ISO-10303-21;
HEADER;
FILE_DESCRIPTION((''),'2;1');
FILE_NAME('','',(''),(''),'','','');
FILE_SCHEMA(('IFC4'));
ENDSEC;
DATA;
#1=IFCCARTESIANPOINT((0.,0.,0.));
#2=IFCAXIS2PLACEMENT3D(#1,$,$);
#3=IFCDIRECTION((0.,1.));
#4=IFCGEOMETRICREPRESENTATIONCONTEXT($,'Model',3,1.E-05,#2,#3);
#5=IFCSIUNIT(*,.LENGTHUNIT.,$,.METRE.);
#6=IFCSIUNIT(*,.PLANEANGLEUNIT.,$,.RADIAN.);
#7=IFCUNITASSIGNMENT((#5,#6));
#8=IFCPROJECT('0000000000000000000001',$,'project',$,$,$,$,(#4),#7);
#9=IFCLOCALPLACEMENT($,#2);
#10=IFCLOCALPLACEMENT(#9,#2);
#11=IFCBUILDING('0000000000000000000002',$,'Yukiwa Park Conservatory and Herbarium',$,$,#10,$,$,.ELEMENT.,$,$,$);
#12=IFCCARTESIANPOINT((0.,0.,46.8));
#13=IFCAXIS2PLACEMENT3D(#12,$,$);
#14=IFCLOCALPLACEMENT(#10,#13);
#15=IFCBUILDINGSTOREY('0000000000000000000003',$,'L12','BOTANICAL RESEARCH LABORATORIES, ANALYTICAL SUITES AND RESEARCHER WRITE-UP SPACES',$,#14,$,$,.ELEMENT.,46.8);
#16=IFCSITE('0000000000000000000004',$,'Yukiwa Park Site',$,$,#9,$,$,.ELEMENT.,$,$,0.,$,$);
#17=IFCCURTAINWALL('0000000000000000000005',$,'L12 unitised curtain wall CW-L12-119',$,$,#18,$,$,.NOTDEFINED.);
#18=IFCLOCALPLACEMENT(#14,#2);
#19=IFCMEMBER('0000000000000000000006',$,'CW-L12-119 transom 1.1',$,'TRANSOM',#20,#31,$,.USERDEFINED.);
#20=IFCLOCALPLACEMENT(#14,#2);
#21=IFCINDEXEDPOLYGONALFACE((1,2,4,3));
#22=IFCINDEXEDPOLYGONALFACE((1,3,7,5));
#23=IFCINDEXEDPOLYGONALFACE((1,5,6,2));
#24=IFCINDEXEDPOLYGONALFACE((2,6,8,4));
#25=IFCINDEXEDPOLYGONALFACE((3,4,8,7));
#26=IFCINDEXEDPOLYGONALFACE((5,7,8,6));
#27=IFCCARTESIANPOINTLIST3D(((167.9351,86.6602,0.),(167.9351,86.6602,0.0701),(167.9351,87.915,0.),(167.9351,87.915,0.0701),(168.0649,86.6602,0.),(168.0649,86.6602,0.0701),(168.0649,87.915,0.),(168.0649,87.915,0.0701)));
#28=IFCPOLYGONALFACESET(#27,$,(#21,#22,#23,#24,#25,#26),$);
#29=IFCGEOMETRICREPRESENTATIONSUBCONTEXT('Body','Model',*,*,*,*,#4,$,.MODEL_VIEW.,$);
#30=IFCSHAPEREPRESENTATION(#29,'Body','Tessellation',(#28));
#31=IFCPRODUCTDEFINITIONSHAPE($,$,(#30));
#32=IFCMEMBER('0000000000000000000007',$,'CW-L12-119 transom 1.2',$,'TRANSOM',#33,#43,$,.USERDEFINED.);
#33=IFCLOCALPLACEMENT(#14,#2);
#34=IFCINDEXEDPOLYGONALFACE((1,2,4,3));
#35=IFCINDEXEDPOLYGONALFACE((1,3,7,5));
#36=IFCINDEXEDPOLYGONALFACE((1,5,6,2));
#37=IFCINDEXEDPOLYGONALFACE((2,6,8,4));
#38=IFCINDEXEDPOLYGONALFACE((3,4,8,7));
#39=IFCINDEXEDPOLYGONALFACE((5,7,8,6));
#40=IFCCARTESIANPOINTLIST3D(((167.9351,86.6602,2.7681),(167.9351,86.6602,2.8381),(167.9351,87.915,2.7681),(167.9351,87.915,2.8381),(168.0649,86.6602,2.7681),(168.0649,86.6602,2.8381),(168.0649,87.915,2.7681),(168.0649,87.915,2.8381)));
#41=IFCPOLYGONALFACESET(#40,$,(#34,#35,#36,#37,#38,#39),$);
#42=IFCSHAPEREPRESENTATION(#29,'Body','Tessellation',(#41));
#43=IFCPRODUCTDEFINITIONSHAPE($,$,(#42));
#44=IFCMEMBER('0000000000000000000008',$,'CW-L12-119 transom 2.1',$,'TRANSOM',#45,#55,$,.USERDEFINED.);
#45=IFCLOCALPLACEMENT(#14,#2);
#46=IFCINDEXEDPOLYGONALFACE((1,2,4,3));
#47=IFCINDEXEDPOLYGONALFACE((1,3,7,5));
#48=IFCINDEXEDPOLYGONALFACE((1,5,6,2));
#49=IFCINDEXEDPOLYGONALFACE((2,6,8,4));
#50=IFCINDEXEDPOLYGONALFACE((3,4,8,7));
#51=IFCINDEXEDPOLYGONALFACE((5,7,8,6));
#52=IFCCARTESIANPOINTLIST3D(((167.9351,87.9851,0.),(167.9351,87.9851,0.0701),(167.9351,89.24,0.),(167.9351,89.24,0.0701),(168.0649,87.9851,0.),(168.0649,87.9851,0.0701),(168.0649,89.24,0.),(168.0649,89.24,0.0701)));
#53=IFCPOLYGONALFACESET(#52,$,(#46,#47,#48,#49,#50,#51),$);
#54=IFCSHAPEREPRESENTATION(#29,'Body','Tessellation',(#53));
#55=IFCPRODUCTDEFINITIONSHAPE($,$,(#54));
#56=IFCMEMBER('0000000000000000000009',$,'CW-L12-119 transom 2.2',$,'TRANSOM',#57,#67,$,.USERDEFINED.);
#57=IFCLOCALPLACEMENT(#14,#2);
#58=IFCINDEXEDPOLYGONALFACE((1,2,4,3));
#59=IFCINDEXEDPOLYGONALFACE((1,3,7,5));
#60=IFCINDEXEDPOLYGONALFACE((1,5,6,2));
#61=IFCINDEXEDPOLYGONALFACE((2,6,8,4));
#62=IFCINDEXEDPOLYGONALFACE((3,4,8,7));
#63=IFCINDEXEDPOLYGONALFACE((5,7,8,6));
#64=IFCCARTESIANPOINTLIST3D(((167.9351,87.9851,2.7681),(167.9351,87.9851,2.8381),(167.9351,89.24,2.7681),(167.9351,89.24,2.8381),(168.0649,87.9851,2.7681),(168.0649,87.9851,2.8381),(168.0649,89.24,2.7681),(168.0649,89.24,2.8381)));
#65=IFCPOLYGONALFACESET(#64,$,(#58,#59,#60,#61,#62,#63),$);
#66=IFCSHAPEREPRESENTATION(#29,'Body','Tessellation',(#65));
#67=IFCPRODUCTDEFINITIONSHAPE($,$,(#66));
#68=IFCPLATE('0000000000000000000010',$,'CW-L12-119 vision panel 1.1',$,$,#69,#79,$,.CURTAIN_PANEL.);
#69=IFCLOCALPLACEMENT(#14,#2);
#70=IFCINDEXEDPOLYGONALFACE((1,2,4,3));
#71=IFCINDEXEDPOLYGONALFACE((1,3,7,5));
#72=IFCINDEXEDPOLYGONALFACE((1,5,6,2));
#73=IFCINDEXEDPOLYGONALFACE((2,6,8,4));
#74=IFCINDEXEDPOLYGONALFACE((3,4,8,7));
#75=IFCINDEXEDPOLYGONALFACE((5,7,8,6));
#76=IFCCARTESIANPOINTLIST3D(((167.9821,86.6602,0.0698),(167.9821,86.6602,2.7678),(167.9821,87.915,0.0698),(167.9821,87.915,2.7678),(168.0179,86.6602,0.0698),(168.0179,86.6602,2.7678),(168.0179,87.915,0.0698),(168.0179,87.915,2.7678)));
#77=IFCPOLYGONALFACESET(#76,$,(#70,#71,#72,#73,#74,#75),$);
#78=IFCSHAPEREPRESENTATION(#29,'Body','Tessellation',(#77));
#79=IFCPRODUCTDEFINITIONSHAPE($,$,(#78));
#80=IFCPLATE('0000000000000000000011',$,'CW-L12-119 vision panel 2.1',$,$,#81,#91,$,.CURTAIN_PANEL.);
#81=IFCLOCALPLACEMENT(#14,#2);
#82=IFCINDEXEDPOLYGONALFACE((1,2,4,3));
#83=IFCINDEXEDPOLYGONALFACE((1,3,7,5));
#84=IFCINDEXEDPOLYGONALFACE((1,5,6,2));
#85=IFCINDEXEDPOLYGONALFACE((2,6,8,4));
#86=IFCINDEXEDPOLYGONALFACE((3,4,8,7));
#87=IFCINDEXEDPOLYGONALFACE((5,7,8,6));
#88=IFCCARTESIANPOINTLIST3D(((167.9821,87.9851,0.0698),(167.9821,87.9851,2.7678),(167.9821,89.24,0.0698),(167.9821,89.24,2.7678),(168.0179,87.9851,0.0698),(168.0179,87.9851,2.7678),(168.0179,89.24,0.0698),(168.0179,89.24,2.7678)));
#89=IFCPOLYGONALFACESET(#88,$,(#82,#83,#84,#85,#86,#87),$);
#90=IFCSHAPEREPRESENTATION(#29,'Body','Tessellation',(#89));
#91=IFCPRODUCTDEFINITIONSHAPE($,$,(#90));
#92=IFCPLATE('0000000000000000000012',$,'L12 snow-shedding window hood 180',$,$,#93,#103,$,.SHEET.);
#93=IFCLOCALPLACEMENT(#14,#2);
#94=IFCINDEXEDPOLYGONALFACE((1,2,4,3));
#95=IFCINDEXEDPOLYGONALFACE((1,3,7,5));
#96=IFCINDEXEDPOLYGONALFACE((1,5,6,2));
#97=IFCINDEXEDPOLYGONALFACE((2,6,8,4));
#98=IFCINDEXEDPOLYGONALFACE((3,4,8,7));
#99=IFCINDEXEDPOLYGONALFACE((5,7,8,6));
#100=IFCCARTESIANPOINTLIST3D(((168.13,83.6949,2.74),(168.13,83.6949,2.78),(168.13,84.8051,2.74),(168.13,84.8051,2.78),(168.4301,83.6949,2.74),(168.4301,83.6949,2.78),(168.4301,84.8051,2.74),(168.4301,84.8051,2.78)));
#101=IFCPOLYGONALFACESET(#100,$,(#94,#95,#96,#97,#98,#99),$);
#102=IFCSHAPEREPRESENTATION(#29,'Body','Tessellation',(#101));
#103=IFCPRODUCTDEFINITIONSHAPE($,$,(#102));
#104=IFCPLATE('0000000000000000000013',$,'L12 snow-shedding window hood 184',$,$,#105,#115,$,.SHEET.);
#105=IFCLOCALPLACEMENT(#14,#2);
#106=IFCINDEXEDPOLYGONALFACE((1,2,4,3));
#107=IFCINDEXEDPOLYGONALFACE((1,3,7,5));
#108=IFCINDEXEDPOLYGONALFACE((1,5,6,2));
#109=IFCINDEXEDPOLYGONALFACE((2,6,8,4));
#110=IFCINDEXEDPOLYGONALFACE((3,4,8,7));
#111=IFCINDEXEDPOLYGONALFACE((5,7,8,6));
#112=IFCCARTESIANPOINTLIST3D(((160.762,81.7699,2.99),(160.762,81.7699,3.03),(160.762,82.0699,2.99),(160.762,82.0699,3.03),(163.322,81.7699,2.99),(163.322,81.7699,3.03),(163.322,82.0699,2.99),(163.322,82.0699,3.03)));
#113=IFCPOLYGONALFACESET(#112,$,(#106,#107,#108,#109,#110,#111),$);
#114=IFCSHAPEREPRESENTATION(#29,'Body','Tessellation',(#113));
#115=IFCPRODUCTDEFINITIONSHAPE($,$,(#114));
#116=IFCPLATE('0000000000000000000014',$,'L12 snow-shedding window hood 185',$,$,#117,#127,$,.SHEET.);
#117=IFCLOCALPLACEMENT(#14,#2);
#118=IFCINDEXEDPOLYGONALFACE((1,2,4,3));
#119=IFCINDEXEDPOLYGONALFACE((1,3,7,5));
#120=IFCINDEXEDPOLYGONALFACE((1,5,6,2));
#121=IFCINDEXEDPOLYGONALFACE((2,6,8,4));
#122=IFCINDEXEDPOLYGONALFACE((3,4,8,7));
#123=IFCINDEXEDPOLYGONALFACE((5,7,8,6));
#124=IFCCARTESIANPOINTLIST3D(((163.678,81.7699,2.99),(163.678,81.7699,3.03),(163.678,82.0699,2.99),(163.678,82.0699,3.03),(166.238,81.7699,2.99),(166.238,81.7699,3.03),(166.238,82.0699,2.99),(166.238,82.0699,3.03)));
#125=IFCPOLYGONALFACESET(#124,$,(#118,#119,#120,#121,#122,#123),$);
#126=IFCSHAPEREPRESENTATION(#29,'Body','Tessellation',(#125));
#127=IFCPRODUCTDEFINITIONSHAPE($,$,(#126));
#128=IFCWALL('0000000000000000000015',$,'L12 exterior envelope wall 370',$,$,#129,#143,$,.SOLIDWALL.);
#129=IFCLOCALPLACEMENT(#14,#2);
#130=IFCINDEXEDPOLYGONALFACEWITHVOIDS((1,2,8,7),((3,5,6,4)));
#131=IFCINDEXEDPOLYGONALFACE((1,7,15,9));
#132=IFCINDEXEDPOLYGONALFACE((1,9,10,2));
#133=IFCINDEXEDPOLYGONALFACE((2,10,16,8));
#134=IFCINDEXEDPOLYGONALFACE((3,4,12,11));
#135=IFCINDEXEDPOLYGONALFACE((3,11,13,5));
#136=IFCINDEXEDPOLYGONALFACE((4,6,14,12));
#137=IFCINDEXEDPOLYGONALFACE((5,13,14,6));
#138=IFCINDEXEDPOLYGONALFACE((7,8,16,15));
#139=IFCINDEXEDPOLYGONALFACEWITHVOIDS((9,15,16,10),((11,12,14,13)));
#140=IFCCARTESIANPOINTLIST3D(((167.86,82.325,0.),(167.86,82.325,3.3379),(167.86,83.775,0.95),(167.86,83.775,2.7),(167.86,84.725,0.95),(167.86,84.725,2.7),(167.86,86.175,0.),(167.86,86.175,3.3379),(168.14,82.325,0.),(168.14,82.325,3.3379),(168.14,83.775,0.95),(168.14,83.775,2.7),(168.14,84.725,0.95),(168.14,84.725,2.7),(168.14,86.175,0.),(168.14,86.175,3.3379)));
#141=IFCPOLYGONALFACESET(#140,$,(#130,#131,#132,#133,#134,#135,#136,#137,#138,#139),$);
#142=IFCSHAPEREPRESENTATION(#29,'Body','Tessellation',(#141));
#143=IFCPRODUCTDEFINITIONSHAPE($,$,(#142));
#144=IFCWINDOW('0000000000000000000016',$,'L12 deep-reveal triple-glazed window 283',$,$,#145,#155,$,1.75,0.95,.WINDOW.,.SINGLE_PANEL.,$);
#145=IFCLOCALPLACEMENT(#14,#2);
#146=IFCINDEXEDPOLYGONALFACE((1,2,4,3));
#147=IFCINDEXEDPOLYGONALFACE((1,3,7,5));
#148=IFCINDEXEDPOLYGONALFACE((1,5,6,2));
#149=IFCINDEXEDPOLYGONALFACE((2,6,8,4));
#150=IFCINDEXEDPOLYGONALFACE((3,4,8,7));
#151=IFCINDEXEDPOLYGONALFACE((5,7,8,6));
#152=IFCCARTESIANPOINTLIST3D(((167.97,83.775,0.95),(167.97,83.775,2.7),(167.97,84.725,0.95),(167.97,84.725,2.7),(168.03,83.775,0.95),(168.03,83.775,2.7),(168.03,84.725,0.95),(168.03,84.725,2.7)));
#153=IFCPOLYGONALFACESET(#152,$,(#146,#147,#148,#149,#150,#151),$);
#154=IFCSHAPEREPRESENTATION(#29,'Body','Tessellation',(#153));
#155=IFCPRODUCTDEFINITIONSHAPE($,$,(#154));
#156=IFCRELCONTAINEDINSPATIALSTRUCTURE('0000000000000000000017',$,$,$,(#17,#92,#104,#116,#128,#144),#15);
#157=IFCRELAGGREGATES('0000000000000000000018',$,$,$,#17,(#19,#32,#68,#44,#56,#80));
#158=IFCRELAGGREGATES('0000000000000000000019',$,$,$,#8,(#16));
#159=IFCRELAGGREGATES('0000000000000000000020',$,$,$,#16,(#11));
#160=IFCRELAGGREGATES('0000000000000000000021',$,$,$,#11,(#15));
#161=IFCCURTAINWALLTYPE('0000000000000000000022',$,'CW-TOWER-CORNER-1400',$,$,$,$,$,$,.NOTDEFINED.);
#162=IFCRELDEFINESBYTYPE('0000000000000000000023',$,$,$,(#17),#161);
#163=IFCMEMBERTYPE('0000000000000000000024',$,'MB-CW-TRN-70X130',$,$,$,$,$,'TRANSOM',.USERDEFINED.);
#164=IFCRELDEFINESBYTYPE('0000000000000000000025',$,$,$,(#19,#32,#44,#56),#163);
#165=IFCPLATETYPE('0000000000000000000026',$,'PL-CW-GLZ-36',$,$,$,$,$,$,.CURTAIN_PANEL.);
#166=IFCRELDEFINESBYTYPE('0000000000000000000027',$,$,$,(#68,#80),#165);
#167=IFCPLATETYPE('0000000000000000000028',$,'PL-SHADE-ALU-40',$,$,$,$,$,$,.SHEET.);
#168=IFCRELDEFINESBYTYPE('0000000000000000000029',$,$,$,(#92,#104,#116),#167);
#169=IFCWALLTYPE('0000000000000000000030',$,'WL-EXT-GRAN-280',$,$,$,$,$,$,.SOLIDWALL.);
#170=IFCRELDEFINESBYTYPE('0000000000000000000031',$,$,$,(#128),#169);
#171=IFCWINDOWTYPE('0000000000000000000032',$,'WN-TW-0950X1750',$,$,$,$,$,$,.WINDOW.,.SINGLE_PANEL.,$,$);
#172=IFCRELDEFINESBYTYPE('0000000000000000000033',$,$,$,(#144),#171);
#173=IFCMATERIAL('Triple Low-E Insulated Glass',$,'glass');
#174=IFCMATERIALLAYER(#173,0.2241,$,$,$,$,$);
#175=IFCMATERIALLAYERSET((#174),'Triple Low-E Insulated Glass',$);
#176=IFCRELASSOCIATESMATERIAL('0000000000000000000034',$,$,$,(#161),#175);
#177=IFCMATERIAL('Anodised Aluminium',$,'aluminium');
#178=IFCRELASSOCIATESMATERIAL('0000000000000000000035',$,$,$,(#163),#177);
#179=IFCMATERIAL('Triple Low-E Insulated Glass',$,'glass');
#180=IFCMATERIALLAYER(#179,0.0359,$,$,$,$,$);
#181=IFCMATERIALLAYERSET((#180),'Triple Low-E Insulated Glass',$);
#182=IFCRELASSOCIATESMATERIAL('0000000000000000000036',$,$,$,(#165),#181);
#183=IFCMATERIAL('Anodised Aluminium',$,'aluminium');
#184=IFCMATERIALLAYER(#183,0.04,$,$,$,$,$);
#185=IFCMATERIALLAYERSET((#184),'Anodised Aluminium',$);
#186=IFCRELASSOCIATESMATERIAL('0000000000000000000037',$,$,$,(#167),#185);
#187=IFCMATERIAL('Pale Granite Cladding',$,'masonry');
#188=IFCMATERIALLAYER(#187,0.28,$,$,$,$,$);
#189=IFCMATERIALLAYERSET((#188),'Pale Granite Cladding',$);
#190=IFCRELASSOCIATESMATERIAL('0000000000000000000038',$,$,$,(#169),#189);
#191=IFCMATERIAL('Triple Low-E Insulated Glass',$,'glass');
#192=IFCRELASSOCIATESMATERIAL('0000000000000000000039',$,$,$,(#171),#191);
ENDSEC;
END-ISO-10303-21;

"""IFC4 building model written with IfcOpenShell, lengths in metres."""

from ifc_helpers import new_model, si_unit, direction, frame, frame_2d, origin, origin_2d, place, context, subcontext, project, spatial, rectangle, extrude, material, layer, layer_set, type_object, element, fill, aggregate, save


model = new_model("IFC4")

# Units and contexts
model_context = context("Model", 3, precision=1e-05, world=origin(), true_north=direction((0.0, 1.0)))
body_context = subcontext(model_context, "Body", "Model", "MODEL_VIEW")
ifc_project = project(units=[si_unit("LENGTHUNIT", "METRE"), si_unit("PLANEANGLEUNIT", "RADIAN")], contexts=[model_context])

# Site, building, storey
site_placement = place(None, origin())
site = spatial("IfcSite", under=ifc_project, at=site_placement, Name="Yukiwa Park Site", CompositionType="ELEMENT", RefElevation=0.0)
building_placement = place(site_placement, origin())
building = spatial("IfcBuilding", under=site, at=building_placement, Name="Yukiwa Park Conservatory and Herbarium", CompositionType="ELEMENT")
storey_placement = place(building_placement, frame((0.0, 0.0, 46.8)))
storey = spatial("IfcBuildingStorey", under=building, at=storey_placement, Name="L12", Description="BOTANICAL RESEARCH LABORATORIES, ANALYTICAL SUITES AND RESEARCHER WRITE-UP SPACES", CompositionType="ELEMENT", Elevation=46.8)

# Curtain wall, members, plates
ifc_material_1 = material(Name="Triple Low-E Insulated Glass", Category="glass")
ifc_layer_1 = layer(ifc_material_1, 0.2241)
ifc_layer_set_1 = layer_set([ifc_layer_1], Name="Triple Low-E Insulated Glass")
curtain_wall_type = type_object("IfcCurtainWallType", Name="CW-TOWER-CORNER-1400", PredefinedType="NOTDEFINED", material=ifc_layer_set_1)
curtain_wall_placement = place(storey_placement, origin())
curtain_wall = element("IfcCurtainWall", 1, at=curtain_wall_placement, inside=storey, type_object=curtain_wall_type, Name="L12 unitised curtain wall CW-L12-119", PredefinedType="NOTDEFINED")
ifc_material_2 = material(Name="Anodised Aluminium", Category="aluminium")
member_type_1 = type_object("IfcMemberType", Name="MB-CW-TRN-70X130", ElementType="TRANSOM", PredefinedType="USERDEFINED", material=ifc_material_2)
member_1_placement = place(storey_placement, frame((168.0, 87.2876, 0.0), z_axis=(0.0, 0.0, 1.0), x_axis=(0.0, 1.0, 0.0)))
member_1 = element("IfcMember", 2, at=member_1_placement, type_object=member_type_1, Name="CW-L12-119 transom 1.1", ObjectType="TRANSOM", PredefinedType="USERDEFINED", context=body_context, shape_type="SweptSolid", body=[
    extrude(rectangle(XDim=1.2549, YDim=0.1299, at=origin_2d()), origin(), (0.0, 0.0, 1.0), 0.0701),
])
member_2_placement = place(storey_placement, frame((168.0, 87.2876, 2.7681), z_axis=(0.0, 0.0, 1.0), x_axis=(0.0, 1.0, 0.0)))
member_2 = element("IfcMember", 3, at=member_2_placement, type_object=member_type_1, Name="CW-L12-119 transom 1.2", ObjectType="TRANSOM", PredefinedType="USERDEFINED", context=body_context, shape_type="SweptSolid", body=[
    extrude(rectangle(XDim=1.2549, YDim=0.1299, at=origin_2d()), origin(), (0.0, 0.0, 1.0), 0.0701),
])
member_3_placement = place(storey_placement, frame((168.0, 88.6125, 0.0), z_axis=(0.0, 0.0, 1.0), x_axis=(0.0, 1.0, 0.0)))
member_3 = element("IfcMember", 4, at=member_3_placement, type_object=member_type_1, Name="CW-L12-119 transom 2.1", ObjectType="TRANSOM", PredefinedType="USERDEFINED", context=body_context, shape_type="SweptSolid", body=[
    extrude(rectangle(XDim=1.2549, YDim=0.1299, at=origin_2d()), origin(), (0.0, 0.0, 1.0), 0.0701),
])
member_4_placement = place(storey_placement, frame((168.0, 88.6125, 2.7681), z_axis=(0.0, 0.0, 1.0), x_axis=(0.0, 1.0, 0.0)))
member_4 = element("IfcMember", 5, at=member_4_placement, type_object=member_type_1, Name="CW-L12-119 transom 2.2", ObjectType="TRANSOM", PredefinedType="USERDEFINED", context=body_context, shape_type="SweptSolid", body=[
    extrude(rectangle(XDim=1.2549, YDim=0.1299, at=origin_2d()), origin(), (0.0, 0.0, 1.0), 0.0701),
])
ifc_material_3 = material(Name="Triple Low-E Insulated Glass", Category="glass")
ifc_layer_2 = layer(ifc_material_3, 0.0359)
ifc_layer_set_2 = layer_set([ifc_layer_2], Name="Triple Low-E Insulated Glass")
plate_type_1 = type_object("IfcPlateType", Name="PL-CW-GLZ-36", PredefinedType="CURTAIN_PANEL", material=ifc_layer_set_2)
plate_1_placement = place(storey_placement, frame((168.0, 87.2876, 0.0698), z_axis=(0.0, 0.0, 1.0), x_axis=(0.0, 1.0, 0.0)))
plate_1 = element("IfcPlate", 6, at=plate_1_placement, type_object=plate_type_1, Name="CW-L12-119 vision panel 1.1", PredefinedType="CURTAIN_PANEL", context=body_context, shape_type="SweptSolid", body=[
    extrude(rectangle(XDim=1.2549, YDim=0.0359, at=origin_2d()), origin(), (0.0, 0.0, 1.0), 2.698),
])
plate_2_placement = place(storey_placement, frame((168.0, 88.6125, 0.0698), z_axis=(0.0, 0.0, 1.0), x_axis=(0.0, 1.0, 0.0)))
plate_2 = element("IfcPlate", 7, at=plate_2_placement, type_object=plate_type_1, Name="CW-L12-119 vision panel 2.1", PredefinedType="CURTAIN_PANEL", context=body_context, shape_type="SweptSolid", body=[
    extrude(rectangle(XDim=1.2549, YDim=0.0359, at=origin_2d()), origin(), (0.0, 0.0, 1.0), 2.698),
])
aggregate(curtain_wall, [member_1, member_2, plate_1, member_3, member_4, plate_2])

# Plates
ifc_material_4 = material(Name="Anodised Aluminium", Category="aluminium")
ifc_layer_3 = layer(ifc_material_4, 0.04)
ifc_layer_set_3 = layer_set([ifc_layer_3], Name="Anodised Aluminium")
plate_type_2 = type_object("IfcPlateType", Name="PL-SHADE-ALU-40", PredefinedType="SHEET", material=ifc_layer_set_3)
plate_3_placement = place(storey_placement, frame((168.28, 84.25, 2.74), z_axis=(0.0, 0.0, 1.0), x_axis=(0.0, 1.0, 0.0)))
element("IfcPlate", 8, at=plate_3_placement, inside=storey, type_object=plate_type_2, Name="L12 snow-shedding window hood 180", PredefinedType="SHEET", context=body_context, shape_type="SweptSolid", body=[
    extrude(rectangle(XDim=1.1101, YDim=0.3, at=origin_2d()), origin(), (0.0, 0.0, 1.0), 0.04),
])
for number, where, z_axis, x_axis, name in (
    (9, (162.042, 81.9199, 2.99), (0.0, 0.0, 1.0), (1.0, 0.0, 0.0), "L12 snow-shedding window hood 184"),
    (10, (164.958, 81.9199, 2.99), (0.0, 0.0, 1.0), (1.0, 0.0, 0.0), "L12 snow-shedding window hood 185"),
):
    element("IfcPlate", number, at=place(storey_placement, frame(where, z_axis=z_axis, x_axis=x_axis)), inside=storey, type_object=plate_type_2, Name=name, PredefinedType="SHEET", context=body_context, shape_type="SweptSolid", body=[
        extrude(rectangle(XDim=2.5601, YDim=0.3, at=origin_2d()), origin(), (0.0, 0.0, 1.0), 0.04),
    ])

# Wall, opening, window
ifc_material_5 = material(Name="Pale Granite Cladding", Category="masonry")
ifc_layer_4 = layer(ifc_material_5, 0.28)
ifc_layer_set_4 = layer_set([ifc_layer_4], Name="Pale Granite Cladding")
wall_type = type_object("IfcWallType", Name="WL-EXT-GRAN-280", PredefinedType="SOLIDWALL", material=ifc_layer_set_4)
wall_1_placement = place(storey_placement, frame((168.0, 82.325, 0.0), z_axis=(0.0, 0.0, 1.0), x_axis=(0.0, 1.0, 0.0)))
wall_1 = element("IfcWall", 11, at=wall_1_placement, inside=storey, type_object=wall_type, Name="L12 exterior envelope wall 370", PredefinedType="SOLIDWALL", context=body_context, shape_type="SweptSolid", body=[
    extrude(rectangle(XDim=3.8501, YDim=0.28, at=frame_2d((1.925, 0.0))), origin(), (0.0, 0.0, 1.0), 3.3379),
])
opening_1_placement = place(wall_1_placement, frame((1.45, 0.0, 0.95)))
opening_1 = element("IfcOpeningElement", 12, at=opening_1_placement, cuts=wall_1, PredefinedType="OPENING", context=body_context, shape_type="SweptSolid", body=[
    extrude(rectangle(XDim=0.95, YDim=1.75, at=frame_2d((0.4751, 0.875))), frame((0.0, 0.1499, 0.0), z_axis=(0.0, -1.0, 0.0), x_axis=(1.0, 0.0, 0.0)), (0.0, 0.0, 1.0), 0.3),
])
ifc_material_6 = material(Name="Triple Low-E Insulated Glass", Category="glass")
window_type_1 = type_object("IfcWindowType", Name="WN-TW-0950X1750", PartitioningType="SINGLE_PANEL", PredefinedType="WINDOW", material=ifc_material_6)
window_1_placement = place(opening_1_placement, origin())
window_1 = element("IfcWindow", 13, at=window_1_placement, inside=storey, type_object=window_type_1, Name="L12 deep-reveal triple-glazed window 283", OverallHeight=1.75, OverallWidth=0.95, PartitioningType="SINGLE_PANEL", PredefinedType="WINDOW", context=body_context, shape_type="SweptSolid", body=[
    extrude(rectangle(XDim=0.95, YDim=1.75, at=frame_2d((0.4751, 0.875))), frame((0.0, 0.03, 0.0), z_axis=(0.0, -1.0, 0.0), x_axis=(1.0, 0.0, 0.0)), (0.0, 0.0, 1.0), 0.0601),
])
fill(opening_1, window_1)

save(model, "model.ifc")
